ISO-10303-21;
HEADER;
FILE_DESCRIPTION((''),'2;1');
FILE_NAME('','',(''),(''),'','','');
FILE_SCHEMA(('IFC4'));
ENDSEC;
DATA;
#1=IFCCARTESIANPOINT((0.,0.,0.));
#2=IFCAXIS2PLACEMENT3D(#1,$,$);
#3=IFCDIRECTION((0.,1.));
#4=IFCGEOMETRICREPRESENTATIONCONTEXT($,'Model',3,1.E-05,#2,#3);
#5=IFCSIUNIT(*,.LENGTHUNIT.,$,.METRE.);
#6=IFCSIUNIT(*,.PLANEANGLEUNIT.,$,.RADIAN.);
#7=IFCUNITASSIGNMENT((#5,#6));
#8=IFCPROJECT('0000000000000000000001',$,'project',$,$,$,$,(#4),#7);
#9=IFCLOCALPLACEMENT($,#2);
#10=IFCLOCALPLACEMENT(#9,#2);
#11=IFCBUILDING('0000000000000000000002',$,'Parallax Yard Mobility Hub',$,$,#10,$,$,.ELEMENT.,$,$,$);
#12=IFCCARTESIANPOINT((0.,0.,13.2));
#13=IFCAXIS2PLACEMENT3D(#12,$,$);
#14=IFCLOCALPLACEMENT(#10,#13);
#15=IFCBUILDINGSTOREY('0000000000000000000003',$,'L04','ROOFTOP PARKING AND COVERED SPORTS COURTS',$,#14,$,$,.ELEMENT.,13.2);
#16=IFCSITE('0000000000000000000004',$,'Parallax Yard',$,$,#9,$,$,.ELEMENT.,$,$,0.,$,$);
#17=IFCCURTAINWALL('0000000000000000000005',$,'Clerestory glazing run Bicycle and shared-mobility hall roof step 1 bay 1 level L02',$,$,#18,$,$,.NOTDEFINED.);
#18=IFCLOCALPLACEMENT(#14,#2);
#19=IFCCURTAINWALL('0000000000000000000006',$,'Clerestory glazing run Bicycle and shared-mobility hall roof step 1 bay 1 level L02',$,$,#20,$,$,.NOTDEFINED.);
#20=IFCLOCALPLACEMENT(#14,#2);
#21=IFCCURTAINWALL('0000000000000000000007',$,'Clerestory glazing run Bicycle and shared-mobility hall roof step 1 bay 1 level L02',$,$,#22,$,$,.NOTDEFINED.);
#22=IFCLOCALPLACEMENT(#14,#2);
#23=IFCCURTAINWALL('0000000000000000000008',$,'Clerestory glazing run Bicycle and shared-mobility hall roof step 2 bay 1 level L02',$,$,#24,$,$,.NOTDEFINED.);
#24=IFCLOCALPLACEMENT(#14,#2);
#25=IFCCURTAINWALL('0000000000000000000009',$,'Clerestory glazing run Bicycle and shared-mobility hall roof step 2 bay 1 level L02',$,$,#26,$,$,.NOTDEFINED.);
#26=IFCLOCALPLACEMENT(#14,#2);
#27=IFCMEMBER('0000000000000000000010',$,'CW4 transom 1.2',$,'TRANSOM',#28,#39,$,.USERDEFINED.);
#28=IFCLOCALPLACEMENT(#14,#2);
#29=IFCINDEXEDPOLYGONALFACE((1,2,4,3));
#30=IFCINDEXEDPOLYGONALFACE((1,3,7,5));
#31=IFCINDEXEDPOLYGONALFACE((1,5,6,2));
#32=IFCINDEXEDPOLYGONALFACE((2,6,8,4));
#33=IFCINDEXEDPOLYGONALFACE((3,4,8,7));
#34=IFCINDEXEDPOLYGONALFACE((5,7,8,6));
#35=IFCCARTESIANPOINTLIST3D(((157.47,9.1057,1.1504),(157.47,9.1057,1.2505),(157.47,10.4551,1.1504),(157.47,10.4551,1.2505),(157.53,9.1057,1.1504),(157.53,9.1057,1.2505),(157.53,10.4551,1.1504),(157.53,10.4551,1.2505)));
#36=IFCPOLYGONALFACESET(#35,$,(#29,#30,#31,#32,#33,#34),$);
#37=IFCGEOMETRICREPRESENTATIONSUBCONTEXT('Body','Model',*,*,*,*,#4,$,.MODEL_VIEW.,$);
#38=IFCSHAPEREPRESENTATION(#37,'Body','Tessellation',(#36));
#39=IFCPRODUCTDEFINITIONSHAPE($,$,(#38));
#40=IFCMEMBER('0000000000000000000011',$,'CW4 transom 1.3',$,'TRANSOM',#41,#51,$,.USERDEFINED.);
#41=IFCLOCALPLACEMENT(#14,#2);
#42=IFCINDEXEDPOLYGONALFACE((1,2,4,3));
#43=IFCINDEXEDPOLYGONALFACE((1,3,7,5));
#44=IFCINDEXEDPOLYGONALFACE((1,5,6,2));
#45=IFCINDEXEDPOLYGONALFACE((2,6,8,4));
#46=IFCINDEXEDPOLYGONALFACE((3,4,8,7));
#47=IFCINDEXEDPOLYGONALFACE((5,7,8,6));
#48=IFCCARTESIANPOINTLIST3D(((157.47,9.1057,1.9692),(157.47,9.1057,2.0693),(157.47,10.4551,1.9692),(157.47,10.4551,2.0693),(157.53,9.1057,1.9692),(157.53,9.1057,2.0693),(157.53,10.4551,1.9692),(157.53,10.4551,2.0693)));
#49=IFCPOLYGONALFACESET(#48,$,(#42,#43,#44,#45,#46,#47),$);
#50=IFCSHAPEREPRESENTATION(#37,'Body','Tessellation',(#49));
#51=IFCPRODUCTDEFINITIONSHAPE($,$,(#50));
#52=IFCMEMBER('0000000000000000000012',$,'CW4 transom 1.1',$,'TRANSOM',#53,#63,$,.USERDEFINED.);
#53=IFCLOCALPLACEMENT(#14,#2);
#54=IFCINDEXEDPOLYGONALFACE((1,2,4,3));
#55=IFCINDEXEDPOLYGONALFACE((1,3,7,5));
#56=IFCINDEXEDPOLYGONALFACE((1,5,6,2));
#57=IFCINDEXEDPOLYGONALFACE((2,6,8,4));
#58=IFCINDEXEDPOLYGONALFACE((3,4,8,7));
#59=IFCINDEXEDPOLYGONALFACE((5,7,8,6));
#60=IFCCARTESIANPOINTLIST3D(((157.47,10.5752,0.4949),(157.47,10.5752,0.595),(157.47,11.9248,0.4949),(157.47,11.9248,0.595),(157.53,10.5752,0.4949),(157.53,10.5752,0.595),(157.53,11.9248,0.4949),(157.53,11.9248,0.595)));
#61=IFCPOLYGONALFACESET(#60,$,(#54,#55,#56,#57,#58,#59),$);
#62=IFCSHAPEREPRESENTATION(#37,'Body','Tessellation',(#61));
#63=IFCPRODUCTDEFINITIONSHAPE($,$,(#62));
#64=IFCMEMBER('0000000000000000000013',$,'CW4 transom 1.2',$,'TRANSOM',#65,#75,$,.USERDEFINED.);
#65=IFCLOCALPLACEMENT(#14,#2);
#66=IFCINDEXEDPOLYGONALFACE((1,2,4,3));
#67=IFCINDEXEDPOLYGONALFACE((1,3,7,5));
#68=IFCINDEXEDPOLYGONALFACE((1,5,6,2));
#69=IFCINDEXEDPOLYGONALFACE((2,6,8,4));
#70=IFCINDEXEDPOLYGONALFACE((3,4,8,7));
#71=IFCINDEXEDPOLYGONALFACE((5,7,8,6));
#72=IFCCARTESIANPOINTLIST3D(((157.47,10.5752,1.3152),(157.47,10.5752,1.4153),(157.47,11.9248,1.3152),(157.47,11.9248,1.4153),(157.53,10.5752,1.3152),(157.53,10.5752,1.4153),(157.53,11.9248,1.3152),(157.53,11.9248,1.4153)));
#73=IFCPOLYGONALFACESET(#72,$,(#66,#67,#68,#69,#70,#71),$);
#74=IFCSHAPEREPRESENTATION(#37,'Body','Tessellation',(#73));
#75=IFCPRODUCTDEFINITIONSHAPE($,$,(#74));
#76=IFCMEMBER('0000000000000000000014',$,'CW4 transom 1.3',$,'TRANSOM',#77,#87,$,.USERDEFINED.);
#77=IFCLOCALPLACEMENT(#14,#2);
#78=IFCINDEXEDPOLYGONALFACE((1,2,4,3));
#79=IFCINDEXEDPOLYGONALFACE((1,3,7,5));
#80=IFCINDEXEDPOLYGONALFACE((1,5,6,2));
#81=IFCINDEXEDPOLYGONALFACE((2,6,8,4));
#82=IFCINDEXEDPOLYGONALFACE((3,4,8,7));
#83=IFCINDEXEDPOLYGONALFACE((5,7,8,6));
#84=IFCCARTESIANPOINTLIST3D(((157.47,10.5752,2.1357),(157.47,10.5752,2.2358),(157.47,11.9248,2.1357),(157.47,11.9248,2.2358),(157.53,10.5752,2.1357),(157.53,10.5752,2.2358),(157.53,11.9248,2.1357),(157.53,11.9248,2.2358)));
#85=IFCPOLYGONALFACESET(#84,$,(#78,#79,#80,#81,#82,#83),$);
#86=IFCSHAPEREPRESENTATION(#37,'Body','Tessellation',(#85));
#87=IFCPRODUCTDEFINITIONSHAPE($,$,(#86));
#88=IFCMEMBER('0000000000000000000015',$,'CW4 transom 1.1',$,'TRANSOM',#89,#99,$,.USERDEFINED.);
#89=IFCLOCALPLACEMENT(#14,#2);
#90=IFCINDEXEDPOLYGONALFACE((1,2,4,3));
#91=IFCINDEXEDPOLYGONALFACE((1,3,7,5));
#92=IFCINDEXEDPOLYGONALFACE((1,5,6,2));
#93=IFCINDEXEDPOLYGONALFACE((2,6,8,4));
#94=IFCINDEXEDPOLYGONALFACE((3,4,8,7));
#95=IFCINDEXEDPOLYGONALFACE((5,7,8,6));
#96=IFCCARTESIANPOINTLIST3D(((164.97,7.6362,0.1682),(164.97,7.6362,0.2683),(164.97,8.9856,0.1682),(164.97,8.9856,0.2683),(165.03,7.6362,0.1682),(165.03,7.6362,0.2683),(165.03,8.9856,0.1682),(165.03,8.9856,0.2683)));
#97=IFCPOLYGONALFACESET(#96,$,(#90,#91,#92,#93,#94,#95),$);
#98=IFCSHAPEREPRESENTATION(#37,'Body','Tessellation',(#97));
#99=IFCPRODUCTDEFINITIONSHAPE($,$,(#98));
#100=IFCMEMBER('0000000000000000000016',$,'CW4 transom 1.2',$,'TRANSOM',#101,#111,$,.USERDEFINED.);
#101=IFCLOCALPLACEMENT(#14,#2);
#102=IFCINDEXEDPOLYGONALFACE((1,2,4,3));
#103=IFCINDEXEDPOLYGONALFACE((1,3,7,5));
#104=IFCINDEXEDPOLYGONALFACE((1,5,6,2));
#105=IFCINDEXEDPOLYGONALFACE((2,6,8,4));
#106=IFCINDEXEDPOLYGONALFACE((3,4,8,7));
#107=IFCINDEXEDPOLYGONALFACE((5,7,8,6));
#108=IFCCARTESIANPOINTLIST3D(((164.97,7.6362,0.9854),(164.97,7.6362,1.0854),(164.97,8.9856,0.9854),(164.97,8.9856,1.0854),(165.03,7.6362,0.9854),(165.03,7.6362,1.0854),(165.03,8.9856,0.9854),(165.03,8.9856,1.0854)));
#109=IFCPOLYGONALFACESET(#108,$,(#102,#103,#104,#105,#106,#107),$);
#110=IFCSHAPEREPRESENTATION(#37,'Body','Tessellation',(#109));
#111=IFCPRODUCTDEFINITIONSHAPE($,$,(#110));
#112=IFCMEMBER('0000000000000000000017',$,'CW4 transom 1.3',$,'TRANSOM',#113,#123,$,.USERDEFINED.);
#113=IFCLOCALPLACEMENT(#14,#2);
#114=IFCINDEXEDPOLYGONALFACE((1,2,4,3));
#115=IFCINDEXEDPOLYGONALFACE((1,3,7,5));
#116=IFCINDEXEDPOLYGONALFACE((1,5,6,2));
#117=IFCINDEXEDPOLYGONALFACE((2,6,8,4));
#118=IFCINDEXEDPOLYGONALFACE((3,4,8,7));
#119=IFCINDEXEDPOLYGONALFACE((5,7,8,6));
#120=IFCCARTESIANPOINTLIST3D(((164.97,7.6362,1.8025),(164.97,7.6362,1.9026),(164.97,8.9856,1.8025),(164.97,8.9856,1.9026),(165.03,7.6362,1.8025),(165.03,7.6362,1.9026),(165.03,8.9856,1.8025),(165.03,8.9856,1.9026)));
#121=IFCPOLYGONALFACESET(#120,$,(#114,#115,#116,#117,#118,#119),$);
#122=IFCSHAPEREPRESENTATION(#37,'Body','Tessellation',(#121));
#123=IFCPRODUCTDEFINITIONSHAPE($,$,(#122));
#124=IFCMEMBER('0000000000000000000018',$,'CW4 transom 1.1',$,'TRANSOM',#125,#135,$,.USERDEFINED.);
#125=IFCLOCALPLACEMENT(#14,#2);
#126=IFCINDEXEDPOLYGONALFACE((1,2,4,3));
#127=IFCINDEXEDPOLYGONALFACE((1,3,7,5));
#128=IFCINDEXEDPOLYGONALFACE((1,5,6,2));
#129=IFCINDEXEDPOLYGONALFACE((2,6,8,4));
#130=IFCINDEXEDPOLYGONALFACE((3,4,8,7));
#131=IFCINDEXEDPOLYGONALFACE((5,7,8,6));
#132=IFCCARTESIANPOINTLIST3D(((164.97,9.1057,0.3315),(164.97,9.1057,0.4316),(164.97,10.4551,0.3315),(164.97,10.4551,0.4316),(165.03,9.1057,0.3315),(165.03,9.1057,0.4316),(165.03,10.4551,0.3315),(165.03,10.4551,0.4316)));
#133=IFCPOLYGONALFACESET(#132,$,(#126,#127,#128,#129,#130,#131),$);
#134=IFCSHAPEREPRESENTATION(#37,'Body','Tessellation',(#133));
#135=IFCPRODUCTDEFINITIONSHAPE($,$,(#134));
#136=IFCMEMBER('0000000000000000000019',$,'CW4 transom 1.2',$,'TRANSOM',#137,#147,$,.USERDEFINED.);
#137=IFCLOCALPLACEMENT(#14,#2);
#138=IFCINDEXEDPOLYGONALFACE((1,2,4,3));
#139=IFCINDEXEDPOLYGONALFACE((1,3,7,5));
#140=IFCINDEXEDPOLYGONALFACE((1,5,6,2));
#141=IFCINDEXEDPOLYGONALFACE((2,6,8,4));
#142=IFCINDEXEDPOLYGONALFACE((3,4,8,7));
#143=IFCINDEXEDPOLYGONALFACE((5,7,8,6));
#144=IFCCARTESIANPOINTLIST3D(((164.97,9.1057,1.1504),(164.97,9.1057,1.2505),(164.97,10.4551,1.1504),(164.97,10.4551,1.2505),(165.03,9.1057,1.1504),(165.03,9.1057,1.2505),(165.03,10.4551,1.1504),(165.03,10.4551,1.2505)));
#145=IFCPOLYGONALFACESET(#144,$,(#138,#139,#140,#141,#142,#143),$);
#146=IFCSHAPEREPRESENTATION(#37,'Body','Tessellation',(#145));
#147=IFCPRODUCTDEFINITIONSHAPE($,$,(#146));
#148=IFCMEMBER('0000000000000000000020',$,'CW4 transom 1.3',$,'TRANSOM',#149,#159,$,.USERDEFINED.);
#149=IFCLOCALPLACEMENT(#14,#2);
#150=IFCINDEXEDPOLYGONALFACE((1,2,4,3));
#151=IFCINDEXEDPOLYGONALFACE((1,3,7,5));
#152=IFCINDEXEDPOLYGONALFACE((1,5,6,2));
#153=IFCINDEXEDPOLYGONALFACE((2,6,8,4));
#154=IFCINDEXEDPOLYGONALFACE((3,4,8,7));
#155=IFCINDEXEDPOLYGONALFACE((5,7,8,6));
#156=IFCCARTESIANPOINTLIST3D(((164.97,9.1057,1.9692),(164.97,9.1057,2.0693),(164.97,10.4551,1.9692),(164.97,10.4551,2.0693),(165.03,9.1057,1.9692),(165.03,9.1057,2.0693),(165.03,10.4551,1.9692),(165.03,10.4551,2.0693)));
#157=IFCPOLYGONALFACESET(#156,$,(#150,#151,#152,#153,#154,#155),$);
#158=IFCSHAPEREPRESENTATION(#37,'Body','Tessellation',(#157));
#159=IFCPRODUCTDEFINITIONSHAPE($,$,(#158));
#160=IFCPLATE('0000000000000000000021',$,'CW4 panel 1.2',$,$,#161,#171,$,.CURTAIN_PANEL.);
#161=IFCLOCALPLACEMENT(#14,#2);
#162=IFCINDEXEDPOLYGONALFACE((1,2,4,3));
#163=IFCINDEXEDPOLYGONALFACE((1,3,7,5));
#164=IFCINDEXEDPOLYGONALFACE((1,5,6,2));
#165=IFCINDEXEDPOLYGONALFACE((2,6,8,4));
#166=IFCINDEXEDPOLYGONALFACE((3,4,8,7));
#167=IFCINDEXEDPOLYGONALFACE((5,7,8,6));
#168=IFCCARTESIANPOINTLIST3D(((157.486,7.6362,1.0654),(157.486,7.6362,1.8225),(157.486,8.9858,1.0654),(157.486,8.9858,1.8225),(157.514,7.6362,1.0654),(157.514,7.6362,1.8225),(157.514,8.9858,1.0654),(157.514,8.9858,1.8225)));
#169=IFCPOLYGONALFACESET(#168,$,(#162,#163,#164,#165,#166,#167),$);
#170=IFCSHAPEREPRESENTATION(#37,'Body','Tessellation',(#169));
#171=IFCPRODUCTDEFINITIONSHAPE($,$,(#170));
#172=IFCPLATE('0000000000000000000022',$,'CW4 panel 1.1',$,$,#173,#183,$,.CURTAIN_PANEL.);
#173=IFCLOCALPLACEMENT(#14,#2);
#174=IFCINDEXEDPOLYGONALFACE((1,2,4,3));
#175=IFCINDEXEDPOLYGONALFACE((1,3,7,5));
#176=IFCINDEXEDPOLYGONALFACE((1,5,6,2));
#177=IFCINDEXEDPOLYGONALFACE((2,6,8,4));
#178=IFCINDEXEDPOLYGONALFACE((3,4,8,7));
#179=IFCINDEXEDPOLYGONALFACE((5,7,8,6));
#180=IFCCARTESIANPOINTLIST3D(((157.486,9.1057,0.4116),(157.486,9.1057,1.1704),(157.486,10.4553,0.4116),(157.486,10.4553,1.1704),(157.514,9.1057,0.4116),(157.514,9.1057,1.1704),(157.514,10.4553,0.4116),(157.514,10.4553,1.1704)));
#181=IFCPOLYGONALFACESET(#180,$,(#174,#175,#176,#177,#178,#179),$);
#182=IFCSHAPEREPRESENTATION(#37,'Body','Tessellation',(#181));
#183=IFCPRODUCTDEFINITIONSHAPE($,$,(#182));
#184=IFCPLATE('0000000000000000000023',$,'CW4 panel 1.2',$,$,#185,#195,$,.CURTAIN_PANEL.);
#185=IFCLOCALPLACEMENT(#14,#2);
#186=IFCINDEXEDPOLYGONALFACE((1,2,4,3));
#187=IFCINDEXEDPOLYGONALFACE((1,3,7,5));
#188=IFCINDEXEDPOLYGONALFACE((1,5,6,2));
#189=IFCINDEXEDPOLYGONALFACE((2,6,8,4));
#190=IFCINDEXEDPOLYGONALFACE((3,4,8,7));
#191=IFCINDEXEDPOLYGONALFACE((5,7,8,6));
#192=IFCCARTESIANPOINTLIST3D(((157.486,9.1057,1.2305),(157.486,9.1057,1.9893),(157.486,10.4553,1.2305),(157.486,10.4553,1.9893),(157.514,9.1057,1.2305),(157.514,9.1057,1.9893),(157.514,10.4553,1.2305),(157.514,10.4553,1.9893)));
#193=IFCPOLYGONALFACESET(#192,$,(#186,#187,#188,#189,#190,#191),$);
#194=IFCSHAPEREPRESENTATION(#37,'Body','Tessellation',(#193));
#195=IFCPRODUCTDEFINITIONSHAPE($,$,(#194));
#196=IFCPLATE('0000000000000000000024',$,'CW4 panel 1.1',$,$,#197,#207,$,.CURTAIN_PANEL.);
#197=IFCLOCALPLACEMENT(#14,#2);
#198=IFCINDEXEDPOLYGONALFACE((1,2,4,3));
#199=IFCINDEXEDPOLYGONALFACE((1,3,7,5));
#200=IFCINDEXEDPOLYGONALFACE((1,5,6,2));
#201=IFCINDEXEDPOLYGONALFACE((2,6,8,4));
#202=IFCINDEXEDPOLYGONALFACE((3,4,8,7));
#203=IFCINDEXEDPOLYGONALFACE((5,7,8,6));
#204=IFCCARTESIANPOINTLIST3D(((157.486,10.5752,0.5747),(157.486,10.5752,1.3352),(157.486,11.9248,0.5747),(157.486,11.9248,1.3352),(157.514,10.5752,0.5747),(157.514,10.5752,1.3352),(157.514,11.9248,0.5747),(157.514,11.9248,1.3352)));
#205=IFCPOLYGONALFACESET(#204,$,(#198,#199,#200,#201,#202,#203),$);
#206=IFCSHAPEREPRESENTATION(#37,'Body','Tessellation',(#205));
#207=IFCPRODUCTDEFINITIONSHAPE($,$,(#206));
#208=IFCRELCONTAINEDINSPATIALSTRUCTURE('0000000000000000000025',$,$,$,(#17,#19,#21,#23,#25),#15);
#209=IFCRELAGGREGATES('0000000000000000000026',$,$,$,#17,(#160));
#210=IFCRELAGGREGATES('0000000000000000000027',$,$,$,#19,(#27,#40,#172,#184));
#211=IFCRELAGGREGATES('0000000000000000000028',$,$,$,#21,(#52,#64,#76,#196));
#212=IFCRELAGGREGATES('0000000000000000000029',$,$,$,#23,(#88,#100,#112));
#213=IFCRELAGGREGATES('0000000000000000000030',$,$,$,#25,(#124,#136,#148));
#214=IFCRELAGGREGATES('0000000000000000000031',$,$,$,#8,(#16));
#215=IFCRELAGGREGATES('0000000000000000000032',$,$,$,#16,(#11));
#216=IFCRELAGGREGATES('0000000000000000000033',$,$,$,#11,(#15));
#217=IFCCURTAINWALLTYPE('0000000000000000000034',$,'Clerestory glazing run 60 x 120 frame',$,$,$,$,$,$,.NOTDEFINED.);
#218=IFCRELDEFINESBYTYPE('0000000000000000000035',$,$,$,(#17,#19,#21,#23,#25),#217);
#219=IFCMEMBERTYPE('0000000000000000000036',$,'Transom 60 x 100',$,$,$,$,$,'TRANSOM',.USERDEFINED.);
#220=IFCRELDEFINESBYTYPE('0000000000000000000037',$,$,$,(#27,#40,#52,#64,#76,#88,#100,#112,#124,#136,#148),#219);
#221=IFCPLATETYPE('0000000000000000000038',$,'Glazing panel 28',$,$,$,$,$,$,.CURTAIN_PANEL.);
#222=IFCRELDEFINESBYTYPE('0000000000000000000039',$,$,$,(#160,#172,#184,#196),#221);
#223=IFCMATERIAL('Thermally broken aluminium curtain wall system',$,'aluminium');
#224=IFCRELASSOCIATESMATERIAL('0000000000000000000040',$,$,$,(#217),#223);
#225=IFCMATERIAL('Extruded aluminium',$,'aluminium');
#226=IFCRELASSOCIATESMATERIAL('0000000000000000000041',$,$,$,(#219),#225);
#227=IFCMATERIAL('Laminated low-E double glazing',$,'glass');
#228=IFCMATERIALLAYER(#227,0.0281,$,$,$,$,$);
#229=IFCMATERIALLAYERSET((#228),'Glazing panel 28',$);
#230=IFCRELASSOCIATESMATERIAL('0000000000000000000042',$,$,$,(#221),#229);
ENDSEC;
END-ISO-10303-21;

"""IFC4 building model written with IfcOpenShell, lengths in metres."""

from ifc_helpers import new_model, si_unit, direction, frame, origin, origin_2d, place, context, subcontext, project, spatial, rectangle, extrude, material, layer, layer_set, material_profile, profile_set, type_object, element, aggregate, save


model = new_model("IFC4")

# Units and contexts
model_context = context("Model", 3, precision=1e-05, world=origin(), true_north=direction((0.0, 1.0)))
body_context = subcontext(model_context, "Body", "Model", "MODEL_VIEW")
ifc_project = project(units=[si_unit("LENGTHUNIT", "METRE"), si_unit("PLANEANGLEUNIT", "RADIAN")], contexts=[model_context])

# Site, building, storey
site_placement = place(None, origin())
site = spatial("IfcSite", under=ifc_project, at=site_placement, Name="Parallax Yard", CompositionType="ELEMENT", RefElevation=0.0)
building_placement = place(site_placement, origin())
building = spatial("IfcBuilding", under=site, at=building_placement, Name="Parallax Yard Mobility Hub", CompositionType="ELEMENT")
storey_placement = place(building_placement, frame((0.0, 0.0, 13.2)))
storey = spatial("IfcBuildingStorey", under=building, at=storey_placement, Name="L04", Description="ROOFTOP PARKING AND COVERED SPORTS COURTS", CompositionType="ELEMENT", Elevation=13.2)

# Curtain wall
ifc_material_1 = material(Name="Thermally broken aluminium curtain wall system", Category="aluminium")
curtain_wall_type = type_object("IfcCurtainWallType", Name="Clerestory glazing run 60 x 120 frame", PredefinedType="NOTDEFINED", material=ifc_material_1)
curtain_wall_1_placement = place(storey_placement, origin())
curtain_wall_1 = element("IfcCurtainWall", 1, at=curtain_wall_1_placement, inside=storey, type_object=curtain_wall_type, Name="Clerestory glazing run Bicycle and shared-mobility hall roof step 1 bay 1 level L02", PredefinedType="NOTDEFINED")
ifc_material_2 = material(Name="Extruded aluminium", Category="aluminium")

# Curtain walls
curtain_wall_2_placement = place(storey_placement, origin())
curtain_wall_2 = element("IfcCurtainWall", 2, at=curtain_wall_2_placement, inside=storey, type_object=curtain_wall_type, Name="Clerestory glazing run Bicycle and shared-mobility hall roof step 1 bay 1 level L02", PredefinedType="NOTDEFINED")
curtain_wall_3_placement = place(storey_placement, origin())
curtain_wall_3 = element("IfcCurtainWall", 3, at=curtain_wall_3_placement, inside=storey, type_object=curtain_wall_type, Name="Clerestory glazing run Bicycle and shared-mobility hall roof step 1 bay 1 level L02", PredefinedType="NOTDEFINED")

# Curtain wall
curtain_wall_4_placement = place(storey_placement, origin())
curtain_wall_4 = element("IfcCurtainWall", 4, at=curtain_wall_4_placement, inside=storey, type_object=curtain_wall_type, Name="Clerestory glazing run Bicycle and shared-mobility hall roof step 2 bay 1 level L02", PredefinedType="NOTDEFINED")

# Curtain wall
curtain_wall_5_placement = place(storey_placement, origin())
curtain_wall_5 = element("IfcCurtainWall", 5, at=curtain_wall_5_placement, inside=storey, type_object=curtain_wall_type, Name="Clerestory glazing run Bicycle and shared-mobility hall roof step 2 bay 1 level L02", PredefinedType="NOTDEFINED")

# Members
ifc_material_profile_1 = material_profile(ifc_material_2, rectangle(XDim=0.0601, YDim=0.1001, at=origin_2d()), Name="Transom 60 x 100")
ifc_profile_set_1 = profile_set([ifc_material_profile_1], Name="Extruded aluminium")
member_type_1 = type_object("IfcMemberType", Name="Transom 60 x 100", ElementType="TRANSOM", PredefinedType="USERDEFINED", material=ifc_profile_set_1)
member_1_placement = place(storey_placement, frame((157.5, 9.1057, 1.2004), z_axis=(0.0, 1.0, 0.0), x_axis=(-1.0, 0.0, 0.0)))
member_1 = element("IfcMember", 6, at=member_1_placement, type_object=member_type_1, Name="CW4 transom 1.2", ObjectType="TRANSOM", PredefinedType="USERDEFINED", context=body_context, shape_type="SweptSolid", body=[
    extrude(rectangle(XDim=0.0601, YDim=0.1001, at=origin_2d()), origin(), (0.0, 0.0, 1.0), 1.3494),
])
member_2_placement = place(storey_placement, frame((157.5, 9.1057, 2.0193), z_axis=(0.0, 1.0, 0.0), x_axis=(-1.0, 0.0, 0.0)))
member_2 = element("IfcMember", 7, at=member_2_placement, type_object=member_type_1, Name="CW4 transom 1.3", ObjectType="TRANSOM", PredefinedType="USERDEFINED", context=body_context, shape_type="SweptSolid", body=[
    extrude(rectangle(XDim=0.0601, YDim=0.1001, at=origin_2d()), origin(), (0.0, 0.0, 1.0), 1.3494),
])
member_3_placement = place(storey_placement, frame((157.5, 10.5752, 0.5449), z_axis=(0.0, 1.0, 0.0), x_axis=(-1.0, 0.0, 0.0)))
member_3 = element("IfcMember", 8, at=member_3_placement, type_object=member_type_1, Name="CW4 transom 1.1", ObjectType="TRANSOM", PredefinedType="USERDEFINED", context=body_context, shape_type="SweptSolid", body=[
    extrude(rectangle(XDim=0.0601, YDim=0.1001, at=origin_2d()), origin(), (0.0, 0.0, 1.0), 1.3496),
])
member_4_placement = place(storey_placement, frame((157.5, 10.5752, 1.3652), z_axis=(0.0, 1.0, 0.0), x_axis=(-1.0, 0.0, 0.0)))
member_4 = element("IfcMember", 9, at=member_4_placement, type_object=member_type_1, Name="CW4 transom 1.2", ObjectType="TRANSOM", PredefinedType="USERDEFINED", context=body_context, shape_type="SweptSolid", body=[
    extrude(rectangle(XDim=0.0601, YDim=0.1001, at=origin_2d()), origin(), (0.0, 0.0, 1.0), 1.3496),
])
member_5_placement = place(storey_placement, frame((157.5, 10.5752, 2.1858), z_axis=(0.0, 1.0, 0.0), x_axis=(-1.0, 0.0, 0.0)))
member_5 = element("IfcMember", 10, at=member_5_placement, type_object=member_type_1, Name="CW4 transom 1.3", ObjectType="TRANSOM", PredefinedType="USERDEFINED", context=body_context, shape_type="SweptSolid", body=[
    extrude(rectangle(XDim=0.0601, YDim=0.1001, at=origin_2d()), origin(), (0.0, 0.0, 1.0), 1.3496),
])
member_6_placement = place(storey_placement, frame((165.0, 7.6362, 0.2183), z_axis=(0.0, 1.0, 0.0), x_axis=(-1.0, 0.0, 0.0)))
member_6 = element("IfcMember", 11, at=member_6_placement, type_object=member_type_1, Name="CW4 transom 1.1", ObjectType="TRANSOM", PredefinedType="USERDEFINED", context=body_context, shape_type="SweptSolid", body=[
    extrude(rectangle(XDim=0.0601, YDim=0.1001, at=origin_2d()), origin(), (0.0, 0.0, 1.0), 1.3494),
])
member_7_placement = place(storey_placement, frame((165.0, 7.6362, 1.0354), z_axis=(0.0, 1.0, 0.0), x_axis=(-1.0, 0.0, 0.0)))
member_7 = element("IfcMember", 12, at=member_7_placement, type_object=member_type_1, Name="CW4 transom 1.2", ObjectType="TRANSOM", PredefinedType="USERDEFINED", context=body_context, shape_type="SweptSolid", body=[
    extrude(rectangle(XDim=0.0601, YDim=0.1001, at=origin_2d()), origin(), (0.0, 0.0, 1.0), 1.3494),
])
member_8_placement = place(storey_placement, frame((165.0, 7.6362, 1.8525), z_axis=(0.0, 1.0, 0.0), x_axis=(-1.0, 0.0, 0.0)))
member_8 = element("IfcMember", 13, at=member_8_placement, type_object=member_type_1, Name="CW4 transom 1.3", ObjectType="TRANSOM", PredefinedType="USERDEFINED", context=body_context, shape_type="SweptSolid", body=[
    extrude(rectangle(XDim=0.0601, YDim=0.1001, at=origin_2d()), origin(), (0.0, 0.0, 1.0), 1.3494),
])
member_9_placement = place(storey_placement, frame((165.0, 9.1057, 0.3816), z_axis=(0.0, 1.0, 0.0), x_axis=(-1.0, 0.0, 0.0)))
member_9 = element("IfcMember", 14, at=member_9_placement, type_object=member_type_1, Name="CW4 transom 1.1", ObjectType="TRANSOM", PredefinedType="USERDEFINED", context=body_context, shape_type="SweptSolid", body=[
    extrude(rectangle(XDim=0.0601, YDim=0.1001, at=origin_2d()), origin(), (0.0, 0.0, 1.0), 1.3494),
])
member_10_placement = place(storey_placement, frame((165.0, 9.1057, 1.2004), z_axis=(0.0, 1.0, 0.0), x_axis=(-1.0, 0.0, 0.0)))
member_10 = element("IfcMember", 15, at=member_10_placement, type_object=member_type_1, Name="CW4 transom 1.2", ObjectType="TRANSOM", PredefinedType="USERDEFINED", context=body_context, shape_type="SweptSolid", body=[
    extrude(rectangle(XDim=0.0601, YDim=0.1001, at=origin_2d()), origin(), (0.0, 0.0, 1.0), 1.3494),
])
member_11_placement = place(storey_placement, frame((165.0, 9.1057, 2.0193), z_axis=(0.0, 1.0, 0.0), x_axis=(-1.0, 0.0, 0.0)))
member_11 = element("IfcMember", 16, at=member_11_placement, type_object=member_type_1, Name="CW4 transom 1.3", ObjectType="TRANSOM", PredefinedType="USERDEFINED", context=body_context, shape_type="SweptSolid", body=[
    extrude(rectangle(XDim=0.0601, YDim=0.1001, at=origin_2d()), origin(), (0.0, 0.0, 1.0), 1.3494),
])

# Plates
ifc_material_3 = material(Name="Laminated low-E double glazing", Category="glass")
ifc_layer_1 = layer(ifc_material_3, 0.0281)
ifc_layer_set_1 = layer_set([ifc_layer_1], Name="Glazing panel 28")
plate_type = type_object("IfcPlateType", Name="Glazing panel 28", PredefinedType="CURTAIN_PANEL", material=ifc_layer_set_1)
plate_1_placement = place(storey_placement, frame((157.5, 8.311, 1.0654), z_axis=(0.0, 0.0, 1.0), x_axis=(0.0, 1.0, 0.0)))
plate_1 = element("IfcPlate", 17, at=plate_1_placement, type_object=plate_type, Name="CW4 panel 1.2", PredefinedType="CURTAIN_PANEL", context=body_context, shape_type="SweptSolid", body=[
    extrude(rectangle(XDim=1.3496, YDim=0.0281, at=origin_2d()), origin(), (0.0, 0.0, 1.0), 0.7571),
])
aggregate(curtain_wall_1, [plate_1])
plate_2_placement = place(storey_placement, frame((157.5, 9.7805, 0.4116), z_axis=(0.0, 0.0, 1.0), x_axis=(0.0, 1.0, 0.0)))
plate_2 = element("IfcPlate", 18, at=plate_2_placement, type_object=plate_type, Name="CW4 panel 1.1", PredefinedType="CURTAIN_PANEL", context=body_context, shape_type="SweptSolid", body=[
    extrude(rectangle(XDim=1.3496, YDim=0.0281, at=origin_2d()), origin(), (0.0, 0.0, 1.0), 0.7588),
])
plate_3_placement = place(storey_placement, frame((157.5, 9.7805, 1.2305), z_axis=(0.0, 0.0, 1.0), x_axis=(0.0, 1.0, 0.0)))
plate_3 = element("IfcPlate", 19, at=plate_3_placement, type_object=plate_type, Name="CW4 panel 1.2", PredefinedType="CURTAIN_PANEL", context=body_context, shape_type="SweptSolid", body=[
    extrude(rectangle(XDim=1.3496, YDim=0.0281, at=origin_2d()), origin(), (0.0, 0.0, 1.0), 0.7588),
])
aggregate(curtain_wall_2, [member_1, member_2, plate_2, plate_3])
plate_4_placement = place(storey_placement, frame((157.5, 11.25, 0.5747), z_axis=(0.0, 0.0, 1.0), x_axis=(0.0, 1.0, 0.0)))
plate_4 = element("IfcPlate", 20, at=plate_4_placement, type_object=plate_type, Name="CW4 panel 1.1", PredefinedType="CURTAIN_PANEL", context=body_context, shape_type="SweptSolid", body=[
    extrude(rectangle(XDim=1.3496, YDim=0.0281, at=origin_2d()), origin(), (0.0, 0.0, 1.0), 0.7605),
])
aggregate(curtain_wall_3, [member_3, member_4, member_5, plate_4])
aggregate(curtain_wall_4, [member_6, member_7, member_8])
aggregate(curtain_wall_5, [member_9, member_10, member_11])

save(model, "model.ifc")
